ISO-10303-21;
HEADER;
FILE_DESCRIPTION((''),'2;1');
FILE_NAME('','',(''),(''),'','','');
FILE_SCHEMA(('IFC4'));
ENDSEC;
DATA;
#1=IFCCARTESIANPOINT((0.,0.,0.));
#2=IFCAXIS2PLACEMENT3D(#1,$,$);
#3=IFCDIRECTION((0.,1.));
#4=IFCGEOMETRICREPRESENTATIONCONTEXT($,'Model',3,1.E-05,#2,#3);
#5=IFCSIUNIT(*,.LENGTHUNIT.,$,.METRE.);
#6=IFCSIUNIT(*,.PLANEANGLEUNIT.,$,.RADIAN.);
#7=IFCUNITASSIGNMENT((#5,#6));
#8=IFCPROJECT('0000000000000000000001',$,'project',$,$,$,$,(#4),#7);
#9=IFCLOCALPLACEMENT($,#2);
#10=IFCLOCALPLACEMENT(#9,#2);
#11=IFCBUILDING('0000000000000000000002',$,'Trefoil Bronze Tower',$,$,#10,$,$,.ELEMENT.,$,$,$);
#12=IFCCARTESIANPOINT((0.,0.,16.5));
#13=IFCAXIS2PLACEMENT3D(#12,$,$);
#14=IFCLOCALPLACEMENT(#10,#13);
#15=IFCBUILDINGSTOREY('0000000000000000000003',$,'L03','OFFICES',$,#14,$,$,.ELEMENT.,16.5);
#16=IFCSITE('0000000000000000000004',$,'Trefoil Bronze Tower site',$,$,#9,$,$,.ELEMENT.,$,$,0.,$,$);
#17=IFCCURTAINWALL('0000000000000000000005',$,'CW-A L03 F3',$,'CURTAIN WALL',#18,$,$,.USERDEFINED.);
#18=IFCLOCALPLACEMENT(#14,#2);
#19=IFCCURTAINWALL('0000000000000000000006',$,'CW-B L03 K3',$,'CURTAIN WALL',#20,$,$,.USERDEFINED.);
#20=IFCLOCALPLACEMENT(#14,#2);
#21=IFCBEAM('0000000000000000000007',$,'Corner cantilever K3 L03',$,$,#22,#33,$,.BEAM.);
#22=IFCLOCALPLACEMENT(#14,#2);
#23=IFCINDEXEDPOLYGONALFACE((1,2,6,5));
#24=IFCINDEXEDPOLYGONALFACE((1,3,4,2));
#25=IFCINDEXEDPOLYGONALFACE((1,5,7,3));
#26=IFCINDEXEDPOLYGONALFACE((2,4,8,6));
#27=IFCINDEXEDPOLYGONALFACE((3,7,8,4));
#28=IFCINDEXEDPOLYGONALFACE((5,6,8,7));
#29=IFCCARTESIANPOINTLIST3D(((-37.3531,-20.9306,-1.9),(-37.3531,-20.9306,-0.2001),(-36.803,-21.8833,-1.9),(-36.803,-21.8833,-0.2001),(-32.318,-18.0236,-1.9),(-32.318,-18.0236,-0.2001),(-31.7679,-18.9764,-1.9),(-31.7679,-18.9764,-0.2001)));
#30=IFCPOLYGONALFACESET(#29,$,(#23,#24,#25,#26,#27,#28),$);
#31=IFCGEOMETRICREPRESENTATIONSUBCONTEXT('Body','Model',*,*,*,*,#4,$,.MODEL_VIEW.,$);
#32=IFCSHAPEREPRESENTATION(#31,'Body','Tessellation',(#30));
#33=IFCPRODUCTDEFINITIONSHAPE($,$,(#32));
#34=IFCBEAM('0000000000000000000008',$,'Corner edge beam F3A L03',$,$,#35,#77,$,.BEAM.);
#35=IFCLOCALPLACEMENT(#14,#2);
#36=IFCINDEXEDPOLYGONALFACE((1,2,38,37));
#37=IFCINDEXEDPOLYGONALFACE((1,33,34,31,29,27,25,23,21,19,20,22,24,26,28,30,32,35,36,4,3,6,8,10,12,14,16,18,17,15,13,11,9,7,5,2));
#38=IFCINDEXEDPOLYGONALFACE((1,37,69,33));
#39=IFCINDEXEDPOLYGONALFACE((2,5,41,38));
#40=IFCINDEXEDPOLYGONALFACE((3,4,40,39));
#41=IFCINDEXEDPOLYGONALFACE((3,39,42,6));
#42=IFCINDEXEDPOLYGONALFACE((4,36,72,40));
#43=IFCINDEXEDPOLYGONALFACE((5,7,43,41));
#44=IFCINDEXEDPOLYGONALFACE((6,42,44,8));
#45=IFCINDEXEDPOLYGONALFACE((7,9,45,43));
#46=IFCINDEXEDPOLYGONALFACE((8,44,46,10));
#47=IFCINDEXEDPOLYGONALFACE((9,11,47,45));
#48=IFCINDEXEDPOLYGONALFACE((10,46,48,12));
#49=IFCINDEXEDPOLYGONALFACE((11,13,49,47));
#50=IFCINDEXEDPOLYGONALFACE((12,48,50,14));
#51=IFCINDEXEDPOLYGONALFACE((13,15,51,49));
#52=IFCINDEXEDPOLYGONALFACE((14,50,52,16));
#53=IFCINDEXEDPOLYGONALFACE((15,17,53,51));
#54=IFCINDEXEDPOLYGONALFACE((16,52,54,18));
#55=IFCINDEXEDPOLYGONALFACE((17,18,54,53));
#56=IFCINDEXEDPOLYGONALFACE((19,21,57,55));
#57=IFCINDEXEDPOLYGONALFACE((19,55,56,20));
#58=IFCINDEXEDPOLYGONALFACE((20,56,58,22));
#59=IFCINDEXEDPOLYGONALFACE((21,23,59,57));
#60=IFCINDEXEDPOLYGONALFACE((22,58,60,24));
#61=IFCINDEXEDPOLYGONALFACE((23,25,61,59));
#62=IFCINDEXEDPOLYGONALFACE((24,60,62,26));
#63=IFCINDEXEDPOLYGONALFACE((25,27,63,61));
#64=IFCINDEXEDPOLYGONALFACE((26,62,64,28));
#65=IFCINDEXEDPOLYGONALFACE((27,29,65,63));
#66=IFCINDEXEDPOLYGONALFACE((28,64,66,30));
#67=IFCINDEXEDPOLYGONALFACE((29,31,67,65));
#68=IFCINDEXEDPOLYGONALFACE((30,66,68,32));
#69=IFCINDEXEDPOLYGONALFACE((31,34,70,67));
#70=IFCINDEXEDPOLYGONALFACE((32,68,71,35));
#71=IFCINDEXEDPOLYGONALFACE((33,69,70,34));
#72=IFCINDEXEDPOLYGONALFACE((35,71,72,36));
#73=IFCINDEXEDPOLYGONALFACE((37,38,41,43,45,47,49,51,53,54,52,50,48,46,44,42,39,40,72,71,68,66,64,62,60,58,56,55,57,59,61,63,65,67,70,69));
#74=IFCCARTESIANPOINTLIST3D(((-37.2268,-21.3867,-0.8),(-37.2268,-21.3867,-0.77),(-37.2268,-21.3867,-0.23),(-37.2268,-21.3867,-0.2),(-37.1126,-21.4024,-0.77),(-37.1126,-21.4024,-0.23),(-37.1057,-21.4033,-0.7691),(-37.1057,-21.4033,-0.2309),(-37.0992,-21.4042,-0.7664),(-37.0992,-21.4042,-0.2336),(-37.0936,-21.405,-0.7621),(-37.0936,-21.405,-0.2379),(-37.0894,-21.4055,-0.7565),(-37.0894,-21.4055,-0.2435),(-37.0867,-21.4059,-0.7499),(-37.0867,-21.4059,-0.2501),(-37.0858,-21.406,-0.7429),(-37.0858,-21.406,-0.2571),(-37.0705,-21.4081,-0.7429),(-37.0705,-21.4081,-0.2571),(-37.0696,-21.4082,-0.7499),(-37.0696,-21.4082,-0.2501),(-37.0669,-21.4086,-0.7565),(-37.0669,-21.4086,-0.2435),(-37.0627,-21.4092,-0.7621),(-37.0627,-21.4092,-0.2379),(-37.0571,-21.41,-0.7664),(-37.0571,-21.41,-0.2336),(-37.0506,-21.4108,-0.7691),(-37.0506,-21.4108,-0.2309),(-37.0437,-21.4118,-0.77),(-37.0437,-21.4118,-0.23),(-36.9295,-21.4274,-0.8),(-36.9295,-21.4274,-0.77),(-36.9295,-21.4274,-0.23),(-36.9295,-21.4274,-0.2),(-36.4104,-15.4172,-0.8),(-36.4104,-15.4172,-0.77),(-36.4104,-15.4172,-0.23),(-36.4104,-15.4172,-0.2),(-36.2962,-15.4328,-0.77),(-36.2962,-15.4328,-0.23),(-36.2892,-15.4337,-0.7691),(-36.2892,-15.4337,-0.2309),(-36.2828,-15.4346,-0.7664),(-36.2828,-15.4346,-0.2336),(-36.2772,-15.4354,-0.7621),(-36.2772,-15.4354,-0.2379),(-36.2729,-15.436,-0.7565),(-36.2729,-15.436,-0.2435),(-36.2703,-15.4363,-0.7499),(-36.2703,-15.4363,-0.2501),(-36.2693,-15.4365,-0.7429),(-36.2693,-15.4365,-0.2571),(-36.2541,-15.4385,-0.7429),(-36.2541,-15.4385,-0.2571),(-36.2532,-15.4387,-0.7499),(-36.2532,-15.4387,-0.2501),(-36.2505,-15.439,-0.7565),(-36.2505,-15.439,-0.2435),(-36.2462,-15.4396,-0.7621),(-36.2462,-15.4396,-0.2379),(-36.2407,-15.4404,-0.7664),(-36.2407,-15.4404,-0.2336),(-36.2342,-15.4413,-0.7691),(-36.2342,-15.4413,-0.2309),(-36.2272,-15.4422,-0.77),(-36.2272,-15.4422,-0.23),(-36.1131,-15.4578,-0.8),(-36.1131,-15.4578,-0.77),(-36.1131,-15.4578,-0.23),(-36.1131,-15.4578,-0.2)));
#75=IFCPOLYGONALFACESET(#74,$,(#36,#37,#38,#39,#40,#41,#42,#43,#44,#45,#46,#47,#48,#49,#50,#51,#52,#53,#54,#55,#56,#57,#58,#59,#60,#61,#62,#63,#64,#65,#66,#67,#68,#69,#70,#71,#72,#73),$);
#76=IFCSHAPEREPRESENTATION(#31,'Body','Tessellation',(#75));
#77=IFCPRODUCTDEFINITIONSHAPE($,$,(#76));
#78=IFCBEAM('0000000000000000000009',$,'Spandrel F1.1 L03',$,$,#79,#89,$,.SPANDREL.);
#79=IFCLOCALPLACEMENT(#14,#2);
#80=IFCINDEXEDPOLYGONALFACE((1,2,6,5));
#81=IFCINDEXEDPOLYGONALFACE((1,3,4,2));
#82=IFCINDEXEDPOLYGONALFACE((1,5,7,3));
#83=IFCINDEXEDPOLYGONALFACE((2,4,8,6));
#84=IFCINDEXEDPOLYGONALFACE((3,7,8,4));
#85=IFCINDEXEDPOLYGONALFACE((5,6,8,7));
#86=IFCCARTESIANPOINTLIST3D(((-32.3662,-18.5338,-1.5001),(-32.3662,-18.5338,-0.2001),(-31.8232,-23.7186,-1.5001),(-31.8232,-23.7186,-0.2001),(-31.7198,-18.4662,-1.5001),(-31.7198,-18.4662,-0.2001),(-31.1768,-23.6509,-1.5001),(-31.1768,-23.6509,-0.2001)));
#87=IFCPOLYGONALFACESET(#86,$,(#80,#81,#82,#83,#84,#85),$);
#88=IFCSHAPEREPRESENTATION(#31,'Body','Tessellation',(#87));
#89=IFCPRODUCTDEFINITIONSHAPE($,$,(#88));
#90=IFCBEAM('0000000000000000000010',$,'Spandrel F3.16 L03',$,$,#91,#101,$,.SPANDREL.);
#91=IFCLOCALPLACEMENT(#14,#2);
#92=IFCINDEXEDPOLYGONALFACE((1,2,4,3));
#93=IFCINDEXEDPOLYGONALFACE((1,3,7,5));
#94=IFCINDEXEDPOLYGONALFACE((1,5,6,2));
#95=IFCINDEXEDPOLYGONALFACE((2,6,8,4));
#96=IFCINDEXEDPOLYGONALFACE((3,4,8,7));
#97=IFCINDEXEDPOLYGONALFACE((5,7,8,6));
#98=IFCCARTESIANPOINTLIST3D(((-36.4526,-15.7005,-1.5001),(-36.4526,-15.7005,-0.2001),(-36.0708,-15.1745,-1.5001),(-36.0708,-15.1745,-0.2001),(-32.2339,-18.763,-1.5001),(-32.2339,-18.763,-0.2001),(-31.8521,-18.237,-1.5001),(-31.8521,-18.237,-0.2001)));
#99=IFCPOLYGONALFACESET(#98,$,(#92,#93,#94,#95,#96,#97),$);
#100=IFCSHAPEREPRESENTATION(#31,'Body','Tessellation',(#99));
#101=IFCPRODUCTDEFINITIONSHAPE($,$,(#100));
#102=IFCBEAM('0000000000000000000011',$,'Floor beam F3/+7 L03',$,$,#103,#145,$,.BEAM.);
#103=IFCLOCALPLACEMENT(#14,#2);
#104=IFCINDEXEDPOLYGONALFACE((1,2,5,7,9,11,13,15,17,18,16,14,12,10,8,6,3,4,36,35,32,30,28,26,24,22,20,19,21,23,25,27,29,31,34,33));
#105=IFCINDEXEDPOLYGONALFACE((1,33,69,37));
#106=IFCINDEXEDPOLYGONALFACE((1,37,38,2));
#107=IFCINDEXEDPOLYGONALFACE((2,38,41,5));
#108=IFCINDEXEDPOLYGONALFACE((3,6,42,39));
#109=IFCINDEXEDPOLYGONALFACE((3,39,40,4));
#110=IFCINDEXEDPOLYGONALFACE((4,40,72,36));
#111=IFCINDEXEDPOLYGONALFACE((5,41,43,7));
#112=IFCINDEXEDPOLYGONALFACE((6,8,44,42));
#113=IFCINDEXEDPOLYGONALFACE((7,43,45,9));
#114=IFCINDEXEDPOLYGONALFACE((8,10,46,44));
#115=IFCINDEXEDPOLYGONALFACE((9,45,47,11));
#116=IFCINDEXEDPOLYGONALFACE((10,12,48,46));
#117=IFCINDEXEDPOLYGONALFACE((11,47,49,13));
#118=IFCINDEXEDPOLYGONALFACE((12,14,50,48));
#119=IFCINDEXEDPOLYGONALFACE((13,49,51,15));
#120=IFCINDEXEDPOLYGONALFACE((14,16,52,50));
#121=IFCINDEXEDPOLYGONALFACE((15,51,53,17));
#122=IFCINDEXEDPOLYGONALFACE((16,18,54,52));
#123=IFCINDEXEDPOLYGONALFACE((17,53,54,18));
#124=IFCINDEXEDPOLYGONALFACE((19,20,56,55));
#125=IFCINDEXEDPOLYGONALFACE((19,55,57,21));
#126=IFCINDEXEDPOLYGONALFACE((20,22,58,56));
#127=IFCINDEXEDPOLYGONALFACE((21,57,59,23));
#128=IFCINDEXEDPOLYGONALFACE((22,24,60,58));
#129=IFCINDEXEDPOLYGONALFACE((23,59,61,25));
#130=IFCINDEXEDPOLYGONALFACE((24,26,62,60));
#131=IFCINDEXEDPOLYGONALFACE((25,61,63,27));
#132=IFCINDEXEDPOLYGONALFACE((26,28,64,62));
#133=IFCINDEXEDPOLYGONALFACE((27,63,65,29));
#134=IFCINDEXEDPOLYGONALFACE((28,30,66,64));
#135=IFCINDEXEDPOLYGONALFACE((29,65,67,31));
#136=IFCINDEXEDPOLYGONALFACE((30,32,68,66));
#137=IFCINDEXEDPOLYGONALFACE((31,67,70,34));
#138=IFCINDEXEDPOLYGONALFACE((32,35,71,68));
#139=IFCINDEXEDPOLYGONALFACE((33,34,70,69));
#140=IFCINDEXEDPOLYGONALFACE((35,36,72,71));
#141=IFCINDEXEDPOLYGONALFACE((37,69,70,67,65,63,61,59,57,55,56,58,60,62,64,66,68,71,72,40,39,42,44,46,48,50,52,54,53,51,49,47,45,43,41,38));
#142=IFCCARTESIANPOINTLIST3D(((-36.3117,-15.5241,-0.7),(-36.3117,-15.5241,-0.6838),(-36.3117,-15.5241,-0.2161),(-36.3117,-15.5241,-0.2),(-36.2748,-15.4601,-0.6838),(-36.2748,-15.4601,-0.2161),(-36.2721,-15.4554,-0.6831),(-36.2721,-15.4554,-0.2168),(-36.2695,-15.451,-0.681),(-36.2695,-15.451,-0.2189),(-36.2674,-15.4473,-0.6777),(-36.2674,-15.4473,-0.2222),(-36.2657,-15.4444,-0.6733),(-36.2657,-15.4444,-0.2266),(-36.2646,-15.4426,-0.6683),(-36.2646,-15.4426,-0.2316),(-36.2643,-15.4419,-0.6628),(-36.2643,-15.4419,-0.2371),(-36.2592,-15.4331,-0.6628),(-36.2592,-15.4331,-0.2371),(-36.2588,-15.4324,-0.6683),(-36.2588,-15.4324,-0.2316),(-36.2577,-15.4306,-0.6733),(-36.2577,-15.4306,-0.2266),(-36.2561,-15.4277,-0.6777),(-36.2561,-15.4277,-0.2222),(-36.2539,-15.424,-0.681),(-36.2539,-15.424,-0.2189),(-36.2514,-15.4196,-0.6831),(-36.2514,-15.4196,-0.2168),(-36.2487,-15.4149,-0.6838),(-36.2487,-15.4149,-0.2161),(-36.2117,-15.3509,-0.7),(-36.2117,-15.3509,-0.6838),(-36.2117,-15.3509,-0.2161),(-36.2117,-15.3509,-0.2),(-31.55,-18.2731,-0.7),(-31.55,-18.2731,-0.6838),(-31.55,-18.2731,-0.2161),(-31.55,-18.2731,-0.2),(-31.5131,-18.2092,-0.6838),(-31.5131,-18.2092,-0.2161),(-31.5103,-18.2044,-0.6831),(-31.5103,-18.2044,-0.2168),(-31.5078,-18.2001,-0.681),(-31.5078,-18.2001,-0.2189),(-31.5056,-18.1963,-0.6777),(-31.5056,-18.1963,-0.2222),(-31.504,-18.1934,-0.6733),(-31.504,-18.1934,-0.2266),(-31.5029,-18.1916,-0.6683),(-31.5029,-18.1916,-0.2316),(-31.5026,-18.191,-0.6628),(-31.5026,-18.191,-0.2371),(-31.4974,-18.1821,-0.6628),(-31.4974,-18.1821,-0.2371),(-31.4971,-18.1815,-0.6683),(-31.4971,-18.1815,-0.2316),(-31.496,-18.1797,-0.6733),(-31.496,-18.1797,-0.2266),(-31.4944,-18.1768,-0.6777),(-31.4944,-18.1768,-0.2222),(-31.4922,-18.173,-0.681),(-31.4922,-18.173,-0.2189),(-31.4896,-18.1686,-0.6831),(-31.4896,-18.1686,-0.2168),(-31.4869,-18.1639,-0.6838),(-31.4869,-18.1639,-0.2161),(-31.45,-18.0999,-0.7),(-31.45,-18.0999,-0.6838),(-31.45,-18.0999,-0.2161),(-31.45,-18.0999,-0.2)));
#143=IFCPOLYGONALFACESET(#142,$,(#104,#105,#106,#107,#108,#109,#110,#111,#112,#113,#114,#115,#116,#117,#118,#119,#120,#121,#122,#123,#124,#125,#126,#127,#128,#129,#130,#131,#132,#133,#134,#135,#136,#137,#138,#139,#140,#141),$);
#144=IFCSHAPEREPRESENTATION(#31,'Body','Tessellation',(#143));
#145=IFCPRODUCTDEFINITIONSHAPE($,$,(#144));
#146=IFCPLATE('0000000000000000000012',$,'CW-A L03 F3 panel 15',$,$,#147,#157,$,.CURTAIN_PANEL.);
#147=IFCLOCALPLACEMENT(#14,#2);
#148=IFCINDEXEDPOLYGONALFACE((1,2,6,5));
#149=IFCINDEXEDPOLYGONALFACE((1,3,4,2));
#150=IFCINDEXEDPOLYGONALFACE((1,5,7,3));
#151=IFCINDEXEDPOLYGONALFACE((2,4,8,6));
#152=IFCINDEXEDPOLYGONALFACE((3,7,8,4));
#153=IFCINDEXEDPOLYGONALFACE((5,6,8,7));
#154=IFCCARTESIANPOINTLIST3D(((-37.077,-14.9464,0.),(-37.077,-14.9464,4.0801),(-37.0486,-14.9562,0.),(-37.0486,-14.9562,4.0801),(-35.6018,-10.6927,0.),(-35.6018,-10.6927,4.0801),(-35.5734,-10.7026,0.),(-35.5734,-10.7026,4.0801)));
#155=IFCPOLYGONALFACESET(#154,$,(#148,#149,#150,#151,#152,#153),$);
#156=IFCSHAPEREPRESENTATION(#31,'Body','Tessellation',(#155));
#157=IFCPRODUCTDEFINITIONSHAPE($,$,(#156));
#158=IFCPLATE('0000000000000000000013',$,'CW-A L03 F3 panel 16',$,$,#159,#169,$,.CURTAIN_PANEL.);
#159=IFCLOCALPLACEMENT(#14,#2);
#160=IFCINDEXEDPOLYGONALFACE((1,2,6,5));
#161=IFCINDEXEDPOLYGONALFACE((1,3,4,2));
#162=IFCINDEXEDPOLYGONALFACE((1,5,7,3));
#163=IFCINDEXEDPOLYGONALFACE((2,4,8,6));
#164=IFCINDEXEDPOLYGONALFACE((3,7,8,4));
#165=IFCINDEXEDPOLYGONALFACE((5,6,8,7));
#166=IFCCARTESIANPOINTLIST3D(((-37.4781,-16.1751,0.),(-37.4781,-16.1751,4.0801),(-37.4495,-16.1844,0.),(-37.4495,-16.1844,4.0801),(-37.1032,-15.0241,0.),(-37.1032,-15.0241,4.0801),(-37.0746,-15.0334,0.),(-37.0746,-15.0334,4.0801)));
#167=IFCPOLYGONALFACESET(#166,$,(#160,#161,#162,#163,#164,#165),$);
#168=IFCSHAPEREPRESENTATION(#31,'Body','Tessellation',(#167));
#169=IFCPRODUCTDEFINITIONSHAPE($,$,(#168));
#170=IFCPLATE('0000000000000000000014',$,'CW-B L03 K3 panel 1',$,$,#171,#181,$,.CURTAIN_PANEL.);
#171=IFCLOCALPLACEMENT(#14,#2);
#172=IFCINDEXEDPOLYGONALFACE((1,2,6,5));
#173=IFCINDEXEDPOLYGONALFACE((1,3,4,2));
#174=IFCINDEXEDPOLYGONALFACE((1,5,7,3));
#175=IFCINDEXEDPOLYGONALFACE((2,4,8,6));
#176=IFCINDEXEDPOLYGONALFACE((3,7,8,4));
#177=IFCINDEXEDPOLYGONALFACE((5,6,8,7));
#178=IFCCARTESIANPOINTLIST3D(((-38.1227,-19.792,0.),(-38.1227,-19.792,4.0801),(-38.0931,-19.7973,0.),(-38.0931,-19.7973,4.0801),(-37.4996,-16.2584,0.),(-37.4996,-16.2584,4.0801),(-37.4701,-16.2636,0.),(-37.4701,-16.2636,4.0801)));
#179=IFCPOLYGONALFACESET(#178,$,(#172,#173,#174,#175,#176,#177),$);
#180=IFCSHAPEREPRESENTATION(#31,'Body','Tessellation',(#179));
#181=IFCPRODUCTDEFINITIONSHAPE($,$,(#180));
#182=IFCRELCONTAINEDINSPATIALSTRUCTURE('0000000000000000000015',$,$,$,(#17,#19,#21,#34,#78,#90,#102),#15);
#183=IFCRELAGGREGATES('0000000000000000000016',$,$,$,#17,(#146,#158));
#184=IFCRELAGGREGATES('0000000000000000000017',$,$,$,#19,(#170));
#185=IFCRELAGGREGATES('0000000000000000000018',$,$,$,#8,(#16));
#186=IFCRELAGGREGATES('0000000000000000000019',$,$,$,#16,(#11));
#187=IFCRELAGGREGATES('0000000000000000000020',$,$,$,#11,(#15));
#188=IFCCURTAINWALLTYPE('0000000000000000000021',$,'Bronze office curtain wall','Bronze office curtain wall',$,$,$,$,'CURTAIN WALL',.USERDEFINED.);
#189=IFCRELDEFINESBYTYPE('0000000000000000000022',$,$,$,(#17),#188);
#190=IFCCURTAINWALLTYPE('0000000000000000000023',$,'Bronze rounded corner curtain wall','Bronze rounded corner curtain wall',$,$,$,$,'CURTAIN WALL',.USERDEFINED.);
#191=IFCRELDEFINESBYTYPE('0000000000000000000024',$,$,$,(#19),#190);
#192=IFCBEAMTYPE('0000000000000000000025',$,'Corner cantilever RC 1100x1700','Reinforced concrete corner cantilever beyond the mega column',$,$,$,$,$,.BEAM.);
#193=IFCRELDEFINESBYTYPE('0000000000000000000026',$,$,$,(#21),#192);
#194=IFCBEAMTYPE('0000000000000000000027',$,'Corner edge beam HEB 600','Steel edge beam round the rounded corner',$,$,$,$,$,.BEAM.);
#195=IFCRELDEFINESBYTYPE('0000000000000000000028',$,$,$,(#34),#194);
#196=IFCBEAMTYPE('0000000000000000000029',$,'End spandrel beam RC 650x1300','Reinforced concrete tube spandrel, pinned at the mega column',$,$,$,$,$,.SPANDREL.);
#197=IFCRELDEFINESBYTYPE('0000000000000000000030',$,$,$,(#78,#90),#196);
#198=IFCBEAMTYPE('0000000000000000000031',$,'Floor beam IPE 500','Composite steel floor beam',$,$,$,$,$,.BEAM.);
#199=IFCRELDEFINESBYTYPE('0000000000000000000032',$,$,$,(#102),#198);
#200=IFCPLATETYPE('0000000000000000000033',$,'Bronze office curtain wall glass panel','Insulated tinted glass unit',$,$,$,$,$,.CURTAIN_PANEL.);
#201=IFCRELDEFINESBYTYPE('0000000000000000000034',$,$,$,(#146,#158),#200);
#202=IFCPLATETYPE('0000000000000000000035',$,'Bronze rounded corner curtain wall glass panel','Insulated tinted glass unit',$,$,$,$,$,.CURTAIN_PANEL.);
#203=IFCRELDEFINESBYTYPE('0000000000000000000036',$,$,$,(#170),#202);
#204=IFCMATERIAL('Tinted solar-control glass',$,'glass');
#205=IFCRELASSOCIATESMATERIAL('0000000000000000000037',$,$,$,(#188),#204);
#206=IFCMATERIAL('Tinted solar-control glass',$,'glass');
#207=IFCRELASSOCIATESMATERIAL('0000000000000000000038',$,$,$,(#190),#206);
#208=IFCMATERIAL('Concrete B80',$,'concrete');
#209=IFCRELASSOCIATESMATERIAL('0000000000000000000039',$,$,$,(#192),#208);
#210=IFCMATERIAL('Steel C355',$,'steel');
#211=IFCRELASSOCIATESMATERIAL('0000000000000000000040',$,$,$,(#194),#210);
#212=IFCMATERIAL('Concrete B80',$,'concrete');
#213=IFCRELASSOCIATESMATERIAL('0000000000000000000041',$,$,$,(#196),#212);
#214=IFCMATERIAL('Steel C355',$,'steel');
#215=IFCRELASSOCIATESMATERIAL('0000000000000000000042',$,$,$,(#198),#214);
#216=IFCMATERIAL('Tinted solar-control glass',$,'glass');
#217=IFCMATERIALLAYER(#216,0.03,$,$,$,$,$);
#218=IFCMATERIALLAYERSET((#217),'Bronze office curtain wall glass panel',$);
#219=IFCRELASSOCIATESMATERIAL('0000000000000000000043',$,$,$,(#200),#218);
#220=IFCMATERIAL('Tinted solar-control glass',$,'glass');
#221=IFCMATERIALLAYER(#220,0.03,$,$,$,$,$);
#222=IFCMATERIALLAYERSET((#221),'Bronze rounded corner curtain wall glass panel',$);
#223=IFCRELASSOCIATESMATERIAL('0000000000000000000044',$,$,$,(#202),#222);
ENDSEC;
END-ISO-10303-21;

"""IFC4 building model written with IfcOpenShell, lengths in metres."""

from ifc_helpers import new_model, si_unit, direction, frame, origin, origin_2d, place, context, subcontext, project, spatial, rectangle, i_section, extrude, material, layer, layer_set, material_profile, profile_set, type_object, element, aggregate, save


model = new_model("IFC4")

# Units and contexts
model_context = context("Model", 3, precision=1e-05, world=origin(), true_north=direction((0.0, 1.0)))
body_context = subcontext(model_context, "Body", "Model", "MODEL_VIEW")
ifc_project = project(units=[si_unit("LENGTHUNIT", "METRE"), si_unit("PLANEANGLEUNIT", "RADIAN")], contexts=[model_context])

# Site, building, storey
site_placement = place(None, origin())
site = spatial("IfcSite", under=ifc_project, at=site_placement, Name="Trefoil Bronze Tower site", CompositionType="ELEMENT", RefElevation=0.0)
building_placement = place(site_placement, origin())
building = spatial("IfcBuilding", under=site, at=building_placement, Name="Trefoil Bronze Tower", CompositionType="ELEMENT")
storey_placement = place(building_placement, frame((0.0, 0.0, 16.5)))
storey = spatial("IfcBuildingStorey", under=building, at=storey_placement, Name="L03", Description="OFFICES", CompositionType="ELEMENT", Elevation=16.5)

# Curtain walls
ifc_material_1 = material(Name="Tinted solar-control glass", Category="glass")
curtain_wall_type_1 = type_object("IfcCurtainWallType", Name="Bronze office curtain wall", Description="Bronze office curtain wall", ElementType="CURTAIN WALL", PredefinedType="USERDEFINED", material=ifc_material_1)
curtain_wall_1_placement = place(storey_placement, origin())
curtain_wall_1 = element("IfcCurtainWall", 1, at=curtain_wall_1_placement, inside=storey, type_object=curtain_wall_type_1, Name="CW-A L03 F3", ObjectType="CURTAIN WALL", PredefinedType="USERDEFINED")
ifc_material_2 = material(Name="Tinted solar-control glass", Category="glass")
curtain_wall_type_2 = type_object("IfcCurtainWallType", Name="Bronze rounded corner curtain wall", Description="Bronze rounded corner curtain wall", ElementType="CURTAIN WALL", PredefinedType="USERDEFINED", material=ifc_material_2)
curtain_wall_2_placement = place(storey_placement, origin())
curtain_wall_2 = element("IfcCurtainWall", 2, at=curtain_wall_2_placement, inside=storey, type_object=curtain_wall_type_2, Name="CW-B L03 K3", ObjectType="CURTAIN WALL", PredefinedType="USERDEFINED")

# Beams
ifc_material_3 = material(Name="Concrete B80", Category="concrete")
ifc_material_profile_1 = material_profile(ifc_material_3, rectangle(XDim=1.1001, YDim=1.7, at=origin_2d()), Name="RC 1100x1700")
ifc_profile_set_1 = profile_set([ifc_material_profile_1], Name="Concrete B80")
beam_type_1 = type_object("IfcBeamType", Name="Corner cantilever RC 1100x1700", Description="Reinforced concrete corner cantilever beyond the mega column", PredefinedType="BEAM", material=ifc_profile_set_1)
beam_1_placement = place(storey_placement, frame((-32.043, -18.5, -1.05), z_axis=(-0.86603, -0.499991, 0.0), x_axis=(0.499991, -0.86603, 0.0)))
element("IfcBeam", 3, at=beam_1_placement, inside=storey, type_object=beam_type_1, Name="Corner cantilever K3 L03", PredefinedType="BEAM", context=body_context, shape_type="SweptSolid", body=[
    extrude(rectangle(XDim=1.1001, YDim=1.7, at=origin_2d()), origin(), (0.0, 0.0, 1.0), 5.814),
])
ifc_material_4 = material(Name="Steel C355", Category="steel")
ifc_material_profile_2 = material_profile(ifc_material_4, i_section(OverallWidth=0.3, OverallDepth=0.6001, WebThickness=0.0154, FlangeThickness=0.03, FilletRadius=0.0271, at=origin_2d()), Name="HEB 600")
ifc_profile_set_2 = profile_set([ifc_material_profile_2], Name="Steel C355")
beam_type_2 = type_object("IfcBeamType", Name="Corner edge beam HEB 600", Description="Steel edge beam round the rounded corner", PredefinedType="BEAM", material=ifc_profile_set_2)
beam_2_placement = place(storey_placement, frame((-36.2617, -15.4375, -0.5), z_axis=(-0.135502, -0.990777, 0.0), x_axis=(0.990777, -0.135502, 0.0)))
element("IfcBeam", 4, at=beam_2_placement, inside=storey, type_object=beam_type_2, Name="Corner edge beam F3A L03", PredefinedType="BEAM", context=body_context, shape_type="SweptSolid", body=[
    extrude(i_section(OverallWidth=0.3, OverallDepth=0.6001, WebThickness=0.0154, FlangeThickness=0.03, FilletRadius=0.0271, at=origin_2d()), origin(), (0.0, 0.0, 1.0), 6.0251),
])
ifc_material_5 = material(Name="Concrete B80", Category="concrete")
ifc_material_profile_3 = material_profile(ifc_material_5, rectangle(XDim=0.6499, YDim=1.3, at=origin_2d()), Name="RC 650x1300")
ifc_profile_set_3 = profile_set([ifc_material_profile_3], Name="Concrete B80")
beam_type_3 = type_object("IfcBeamType", Name="End spandrel beam RC 650x1300", Description="Reinforced concrete tube spandrel, pinned at the mega column", PredefinedType="SPANDREL", material=ifc_profile_set_3)
for number, where, z_axis, x_axis, name in (
    (5, (-32.043, -18.5, -0.8501), (0.104153, -0.994561, 0.0), (0.994561, 0.104153, 0.0), "Spandrel F1.1 L03"),
    (6, (-36.2617, -15.4375, -0.8501), (0.809254, -0.587459, 0.0), (0.587459, 0.809254, 0.0), "Spandrel F3.16 L03"),
):
    element("IfcBeam", number, at=place(storey_placement, frame(where, z_axis=z_axis, x_axis=x_axis)), inside=storey, type_object=beam_type_3, Name=name, PredefinedType="SPANDREL", context=body_context, shape_type="SweptSolid", body=[
        extrude(rectangle(XDim=0.6499, YDim=1.3, at=origin_2d()), origin(), (0.0, 0.0, 1.0), 5.2131),
    ])
ifc_material_6 = material(Name="Steel C355", Category="steel")
ifc_material_profile_4 = material_profile(ifc_material_6, i_section(OverallWidth=0.2, OverallDepth=0.5, WebThickness=0.0103, FlangeThickness=0.0161, FilletRadius=0.021, at=origin_2d()), Name="IPE 500")
ifc_profile_set_4 = profile_set([ifc_material_profile_4], Name="Steel C355")
beam_type_4 = type_object("IfcBeamType", Name="Floor beam IPE 500", Description="Composite steel floor beam", PredefinedType="BEAM", material=ifc_profile_set_4)
beam_3_placement = place(storey_placement, frame((-36.2617, -15.4375, -0.45), z_axis=(0.866038, -0.499979, 0.0), x_axis=(0.499979, 0.866038, 0.0)))
element("IfcBeam", 7, at=beam_3_placement, inside=storey, type_object=beam_type_4, Name="Floor beam F3/+7 L03", PredefinedType="BEAM", context=body_context, shape_type="SweptSolid", body=[
    extrude(i_section(OverallWidth=0.2, OverallDepth=0.5, WebThickness=0.0103, FlangeThickness=0.0161, FilletRadius=0.021, at=origin_2d()), origin(), (0.0, 0.0, 1.0), 5.4983),
])

# Plates
ifc_material_7 = material(Name="Tinted solar-control glass", Category="glass")
ifc_layer_1 = layer(ifc_material_7, 0.03)
ifc_layer_set_1 = layer_set([ifc_layer_1], Name="Bronze office curtain wall glass panel")
plate_type_1 = type_object("IfcPlateType", Name="Bronze office curtain wall glass panel", Description="Insulated tinted glass unit", PredefinedType="CURTAIN_PANEL", material=ifc_layer_set_1)
plate_1_placement = place(storey_placement, frame((-36.3252, -12.8245, 0.0), z_axis=(0.0, 0.0, 1.0), x_axis=(-0.327674, -0.944791, 0.0)))
plate_1 = element("IfcPlate", 8, at=plate_1_placement, type_object=plate_type_1, Name="CW-A L03 F3 panel 15", PredefinedType="CURTAIN_PANEL", context=body_context, shape_type="SweptSolid", body=[
    extrude(rectangle(XDim=4.5022, YDim=0.03, at=origin_2d()), origin(), (0.0, 0.0, 1.0), 4.0801),
])
plate_2_placement = place(storey_placement, frame((-37.2764, -15.6042, 0.0), z_axis=(0.0, 0.0, 1.0), x_axis=(-0.309728, -0.950825, 0.0)))
plate_2 = element("IfcPlate", 9, at=plate_2_placement, type_object=plate_type_1, Name="CW-A L03 F3 panel 16", PredefinedType="CURTAIN_PANEL", context=body_context, shape_type="SweptSolid", body=[
    extrude(rectangle(XDim=1.2104, YDim=0.03, at=origin_2d()), origin(), (0.0, 0.0, 1.0), 4.0801),
])
aggregate(curtain_wall_1, [plate_1, plate_2])
ifc_material_8 = material(Name="Tinted solar-control glass", Category="glass")
ifc_layer_2 = layer(ifc_material_8, 0.03)
ifc_layer_set_2 = layer_set([ifc_layer_2], Name="Bronze rounded corner curtain wall glass panel")
plate_type_2 = type_object("IfcPlateType", Name="Bronze rounded corner curtain wall glass panel", Description="Insulated tinted glass unit", PredefinedType="CURTAIN_PANEL", material=ifc_layer_set_2)
plate_3_placement = place(storey_placement, frame((-37.7964, -18.0278, 0.0), z_axis=(0.0, 0.0, 1.0), x_axis=(-0.173648, -0.984808, 0.0)))
plate_3 = element("IfcPlate", 10, at=plate_3_placement, type_object=plate_type_2, Name="CW-B L03 K3 panel 1", PredefinedType="CURTAIN_PANEL", context=body_context, shape_type="SweptSolid", body=[
    extrude(rectangle(XDim=3.5881, YDim=0.03, at=origin_2d()), origin(), (0.0, 0.0, 1.0), 4.0801),
])
aggregate(curtain_wall_2, [plate_3])

save(model, "model.ifc")
